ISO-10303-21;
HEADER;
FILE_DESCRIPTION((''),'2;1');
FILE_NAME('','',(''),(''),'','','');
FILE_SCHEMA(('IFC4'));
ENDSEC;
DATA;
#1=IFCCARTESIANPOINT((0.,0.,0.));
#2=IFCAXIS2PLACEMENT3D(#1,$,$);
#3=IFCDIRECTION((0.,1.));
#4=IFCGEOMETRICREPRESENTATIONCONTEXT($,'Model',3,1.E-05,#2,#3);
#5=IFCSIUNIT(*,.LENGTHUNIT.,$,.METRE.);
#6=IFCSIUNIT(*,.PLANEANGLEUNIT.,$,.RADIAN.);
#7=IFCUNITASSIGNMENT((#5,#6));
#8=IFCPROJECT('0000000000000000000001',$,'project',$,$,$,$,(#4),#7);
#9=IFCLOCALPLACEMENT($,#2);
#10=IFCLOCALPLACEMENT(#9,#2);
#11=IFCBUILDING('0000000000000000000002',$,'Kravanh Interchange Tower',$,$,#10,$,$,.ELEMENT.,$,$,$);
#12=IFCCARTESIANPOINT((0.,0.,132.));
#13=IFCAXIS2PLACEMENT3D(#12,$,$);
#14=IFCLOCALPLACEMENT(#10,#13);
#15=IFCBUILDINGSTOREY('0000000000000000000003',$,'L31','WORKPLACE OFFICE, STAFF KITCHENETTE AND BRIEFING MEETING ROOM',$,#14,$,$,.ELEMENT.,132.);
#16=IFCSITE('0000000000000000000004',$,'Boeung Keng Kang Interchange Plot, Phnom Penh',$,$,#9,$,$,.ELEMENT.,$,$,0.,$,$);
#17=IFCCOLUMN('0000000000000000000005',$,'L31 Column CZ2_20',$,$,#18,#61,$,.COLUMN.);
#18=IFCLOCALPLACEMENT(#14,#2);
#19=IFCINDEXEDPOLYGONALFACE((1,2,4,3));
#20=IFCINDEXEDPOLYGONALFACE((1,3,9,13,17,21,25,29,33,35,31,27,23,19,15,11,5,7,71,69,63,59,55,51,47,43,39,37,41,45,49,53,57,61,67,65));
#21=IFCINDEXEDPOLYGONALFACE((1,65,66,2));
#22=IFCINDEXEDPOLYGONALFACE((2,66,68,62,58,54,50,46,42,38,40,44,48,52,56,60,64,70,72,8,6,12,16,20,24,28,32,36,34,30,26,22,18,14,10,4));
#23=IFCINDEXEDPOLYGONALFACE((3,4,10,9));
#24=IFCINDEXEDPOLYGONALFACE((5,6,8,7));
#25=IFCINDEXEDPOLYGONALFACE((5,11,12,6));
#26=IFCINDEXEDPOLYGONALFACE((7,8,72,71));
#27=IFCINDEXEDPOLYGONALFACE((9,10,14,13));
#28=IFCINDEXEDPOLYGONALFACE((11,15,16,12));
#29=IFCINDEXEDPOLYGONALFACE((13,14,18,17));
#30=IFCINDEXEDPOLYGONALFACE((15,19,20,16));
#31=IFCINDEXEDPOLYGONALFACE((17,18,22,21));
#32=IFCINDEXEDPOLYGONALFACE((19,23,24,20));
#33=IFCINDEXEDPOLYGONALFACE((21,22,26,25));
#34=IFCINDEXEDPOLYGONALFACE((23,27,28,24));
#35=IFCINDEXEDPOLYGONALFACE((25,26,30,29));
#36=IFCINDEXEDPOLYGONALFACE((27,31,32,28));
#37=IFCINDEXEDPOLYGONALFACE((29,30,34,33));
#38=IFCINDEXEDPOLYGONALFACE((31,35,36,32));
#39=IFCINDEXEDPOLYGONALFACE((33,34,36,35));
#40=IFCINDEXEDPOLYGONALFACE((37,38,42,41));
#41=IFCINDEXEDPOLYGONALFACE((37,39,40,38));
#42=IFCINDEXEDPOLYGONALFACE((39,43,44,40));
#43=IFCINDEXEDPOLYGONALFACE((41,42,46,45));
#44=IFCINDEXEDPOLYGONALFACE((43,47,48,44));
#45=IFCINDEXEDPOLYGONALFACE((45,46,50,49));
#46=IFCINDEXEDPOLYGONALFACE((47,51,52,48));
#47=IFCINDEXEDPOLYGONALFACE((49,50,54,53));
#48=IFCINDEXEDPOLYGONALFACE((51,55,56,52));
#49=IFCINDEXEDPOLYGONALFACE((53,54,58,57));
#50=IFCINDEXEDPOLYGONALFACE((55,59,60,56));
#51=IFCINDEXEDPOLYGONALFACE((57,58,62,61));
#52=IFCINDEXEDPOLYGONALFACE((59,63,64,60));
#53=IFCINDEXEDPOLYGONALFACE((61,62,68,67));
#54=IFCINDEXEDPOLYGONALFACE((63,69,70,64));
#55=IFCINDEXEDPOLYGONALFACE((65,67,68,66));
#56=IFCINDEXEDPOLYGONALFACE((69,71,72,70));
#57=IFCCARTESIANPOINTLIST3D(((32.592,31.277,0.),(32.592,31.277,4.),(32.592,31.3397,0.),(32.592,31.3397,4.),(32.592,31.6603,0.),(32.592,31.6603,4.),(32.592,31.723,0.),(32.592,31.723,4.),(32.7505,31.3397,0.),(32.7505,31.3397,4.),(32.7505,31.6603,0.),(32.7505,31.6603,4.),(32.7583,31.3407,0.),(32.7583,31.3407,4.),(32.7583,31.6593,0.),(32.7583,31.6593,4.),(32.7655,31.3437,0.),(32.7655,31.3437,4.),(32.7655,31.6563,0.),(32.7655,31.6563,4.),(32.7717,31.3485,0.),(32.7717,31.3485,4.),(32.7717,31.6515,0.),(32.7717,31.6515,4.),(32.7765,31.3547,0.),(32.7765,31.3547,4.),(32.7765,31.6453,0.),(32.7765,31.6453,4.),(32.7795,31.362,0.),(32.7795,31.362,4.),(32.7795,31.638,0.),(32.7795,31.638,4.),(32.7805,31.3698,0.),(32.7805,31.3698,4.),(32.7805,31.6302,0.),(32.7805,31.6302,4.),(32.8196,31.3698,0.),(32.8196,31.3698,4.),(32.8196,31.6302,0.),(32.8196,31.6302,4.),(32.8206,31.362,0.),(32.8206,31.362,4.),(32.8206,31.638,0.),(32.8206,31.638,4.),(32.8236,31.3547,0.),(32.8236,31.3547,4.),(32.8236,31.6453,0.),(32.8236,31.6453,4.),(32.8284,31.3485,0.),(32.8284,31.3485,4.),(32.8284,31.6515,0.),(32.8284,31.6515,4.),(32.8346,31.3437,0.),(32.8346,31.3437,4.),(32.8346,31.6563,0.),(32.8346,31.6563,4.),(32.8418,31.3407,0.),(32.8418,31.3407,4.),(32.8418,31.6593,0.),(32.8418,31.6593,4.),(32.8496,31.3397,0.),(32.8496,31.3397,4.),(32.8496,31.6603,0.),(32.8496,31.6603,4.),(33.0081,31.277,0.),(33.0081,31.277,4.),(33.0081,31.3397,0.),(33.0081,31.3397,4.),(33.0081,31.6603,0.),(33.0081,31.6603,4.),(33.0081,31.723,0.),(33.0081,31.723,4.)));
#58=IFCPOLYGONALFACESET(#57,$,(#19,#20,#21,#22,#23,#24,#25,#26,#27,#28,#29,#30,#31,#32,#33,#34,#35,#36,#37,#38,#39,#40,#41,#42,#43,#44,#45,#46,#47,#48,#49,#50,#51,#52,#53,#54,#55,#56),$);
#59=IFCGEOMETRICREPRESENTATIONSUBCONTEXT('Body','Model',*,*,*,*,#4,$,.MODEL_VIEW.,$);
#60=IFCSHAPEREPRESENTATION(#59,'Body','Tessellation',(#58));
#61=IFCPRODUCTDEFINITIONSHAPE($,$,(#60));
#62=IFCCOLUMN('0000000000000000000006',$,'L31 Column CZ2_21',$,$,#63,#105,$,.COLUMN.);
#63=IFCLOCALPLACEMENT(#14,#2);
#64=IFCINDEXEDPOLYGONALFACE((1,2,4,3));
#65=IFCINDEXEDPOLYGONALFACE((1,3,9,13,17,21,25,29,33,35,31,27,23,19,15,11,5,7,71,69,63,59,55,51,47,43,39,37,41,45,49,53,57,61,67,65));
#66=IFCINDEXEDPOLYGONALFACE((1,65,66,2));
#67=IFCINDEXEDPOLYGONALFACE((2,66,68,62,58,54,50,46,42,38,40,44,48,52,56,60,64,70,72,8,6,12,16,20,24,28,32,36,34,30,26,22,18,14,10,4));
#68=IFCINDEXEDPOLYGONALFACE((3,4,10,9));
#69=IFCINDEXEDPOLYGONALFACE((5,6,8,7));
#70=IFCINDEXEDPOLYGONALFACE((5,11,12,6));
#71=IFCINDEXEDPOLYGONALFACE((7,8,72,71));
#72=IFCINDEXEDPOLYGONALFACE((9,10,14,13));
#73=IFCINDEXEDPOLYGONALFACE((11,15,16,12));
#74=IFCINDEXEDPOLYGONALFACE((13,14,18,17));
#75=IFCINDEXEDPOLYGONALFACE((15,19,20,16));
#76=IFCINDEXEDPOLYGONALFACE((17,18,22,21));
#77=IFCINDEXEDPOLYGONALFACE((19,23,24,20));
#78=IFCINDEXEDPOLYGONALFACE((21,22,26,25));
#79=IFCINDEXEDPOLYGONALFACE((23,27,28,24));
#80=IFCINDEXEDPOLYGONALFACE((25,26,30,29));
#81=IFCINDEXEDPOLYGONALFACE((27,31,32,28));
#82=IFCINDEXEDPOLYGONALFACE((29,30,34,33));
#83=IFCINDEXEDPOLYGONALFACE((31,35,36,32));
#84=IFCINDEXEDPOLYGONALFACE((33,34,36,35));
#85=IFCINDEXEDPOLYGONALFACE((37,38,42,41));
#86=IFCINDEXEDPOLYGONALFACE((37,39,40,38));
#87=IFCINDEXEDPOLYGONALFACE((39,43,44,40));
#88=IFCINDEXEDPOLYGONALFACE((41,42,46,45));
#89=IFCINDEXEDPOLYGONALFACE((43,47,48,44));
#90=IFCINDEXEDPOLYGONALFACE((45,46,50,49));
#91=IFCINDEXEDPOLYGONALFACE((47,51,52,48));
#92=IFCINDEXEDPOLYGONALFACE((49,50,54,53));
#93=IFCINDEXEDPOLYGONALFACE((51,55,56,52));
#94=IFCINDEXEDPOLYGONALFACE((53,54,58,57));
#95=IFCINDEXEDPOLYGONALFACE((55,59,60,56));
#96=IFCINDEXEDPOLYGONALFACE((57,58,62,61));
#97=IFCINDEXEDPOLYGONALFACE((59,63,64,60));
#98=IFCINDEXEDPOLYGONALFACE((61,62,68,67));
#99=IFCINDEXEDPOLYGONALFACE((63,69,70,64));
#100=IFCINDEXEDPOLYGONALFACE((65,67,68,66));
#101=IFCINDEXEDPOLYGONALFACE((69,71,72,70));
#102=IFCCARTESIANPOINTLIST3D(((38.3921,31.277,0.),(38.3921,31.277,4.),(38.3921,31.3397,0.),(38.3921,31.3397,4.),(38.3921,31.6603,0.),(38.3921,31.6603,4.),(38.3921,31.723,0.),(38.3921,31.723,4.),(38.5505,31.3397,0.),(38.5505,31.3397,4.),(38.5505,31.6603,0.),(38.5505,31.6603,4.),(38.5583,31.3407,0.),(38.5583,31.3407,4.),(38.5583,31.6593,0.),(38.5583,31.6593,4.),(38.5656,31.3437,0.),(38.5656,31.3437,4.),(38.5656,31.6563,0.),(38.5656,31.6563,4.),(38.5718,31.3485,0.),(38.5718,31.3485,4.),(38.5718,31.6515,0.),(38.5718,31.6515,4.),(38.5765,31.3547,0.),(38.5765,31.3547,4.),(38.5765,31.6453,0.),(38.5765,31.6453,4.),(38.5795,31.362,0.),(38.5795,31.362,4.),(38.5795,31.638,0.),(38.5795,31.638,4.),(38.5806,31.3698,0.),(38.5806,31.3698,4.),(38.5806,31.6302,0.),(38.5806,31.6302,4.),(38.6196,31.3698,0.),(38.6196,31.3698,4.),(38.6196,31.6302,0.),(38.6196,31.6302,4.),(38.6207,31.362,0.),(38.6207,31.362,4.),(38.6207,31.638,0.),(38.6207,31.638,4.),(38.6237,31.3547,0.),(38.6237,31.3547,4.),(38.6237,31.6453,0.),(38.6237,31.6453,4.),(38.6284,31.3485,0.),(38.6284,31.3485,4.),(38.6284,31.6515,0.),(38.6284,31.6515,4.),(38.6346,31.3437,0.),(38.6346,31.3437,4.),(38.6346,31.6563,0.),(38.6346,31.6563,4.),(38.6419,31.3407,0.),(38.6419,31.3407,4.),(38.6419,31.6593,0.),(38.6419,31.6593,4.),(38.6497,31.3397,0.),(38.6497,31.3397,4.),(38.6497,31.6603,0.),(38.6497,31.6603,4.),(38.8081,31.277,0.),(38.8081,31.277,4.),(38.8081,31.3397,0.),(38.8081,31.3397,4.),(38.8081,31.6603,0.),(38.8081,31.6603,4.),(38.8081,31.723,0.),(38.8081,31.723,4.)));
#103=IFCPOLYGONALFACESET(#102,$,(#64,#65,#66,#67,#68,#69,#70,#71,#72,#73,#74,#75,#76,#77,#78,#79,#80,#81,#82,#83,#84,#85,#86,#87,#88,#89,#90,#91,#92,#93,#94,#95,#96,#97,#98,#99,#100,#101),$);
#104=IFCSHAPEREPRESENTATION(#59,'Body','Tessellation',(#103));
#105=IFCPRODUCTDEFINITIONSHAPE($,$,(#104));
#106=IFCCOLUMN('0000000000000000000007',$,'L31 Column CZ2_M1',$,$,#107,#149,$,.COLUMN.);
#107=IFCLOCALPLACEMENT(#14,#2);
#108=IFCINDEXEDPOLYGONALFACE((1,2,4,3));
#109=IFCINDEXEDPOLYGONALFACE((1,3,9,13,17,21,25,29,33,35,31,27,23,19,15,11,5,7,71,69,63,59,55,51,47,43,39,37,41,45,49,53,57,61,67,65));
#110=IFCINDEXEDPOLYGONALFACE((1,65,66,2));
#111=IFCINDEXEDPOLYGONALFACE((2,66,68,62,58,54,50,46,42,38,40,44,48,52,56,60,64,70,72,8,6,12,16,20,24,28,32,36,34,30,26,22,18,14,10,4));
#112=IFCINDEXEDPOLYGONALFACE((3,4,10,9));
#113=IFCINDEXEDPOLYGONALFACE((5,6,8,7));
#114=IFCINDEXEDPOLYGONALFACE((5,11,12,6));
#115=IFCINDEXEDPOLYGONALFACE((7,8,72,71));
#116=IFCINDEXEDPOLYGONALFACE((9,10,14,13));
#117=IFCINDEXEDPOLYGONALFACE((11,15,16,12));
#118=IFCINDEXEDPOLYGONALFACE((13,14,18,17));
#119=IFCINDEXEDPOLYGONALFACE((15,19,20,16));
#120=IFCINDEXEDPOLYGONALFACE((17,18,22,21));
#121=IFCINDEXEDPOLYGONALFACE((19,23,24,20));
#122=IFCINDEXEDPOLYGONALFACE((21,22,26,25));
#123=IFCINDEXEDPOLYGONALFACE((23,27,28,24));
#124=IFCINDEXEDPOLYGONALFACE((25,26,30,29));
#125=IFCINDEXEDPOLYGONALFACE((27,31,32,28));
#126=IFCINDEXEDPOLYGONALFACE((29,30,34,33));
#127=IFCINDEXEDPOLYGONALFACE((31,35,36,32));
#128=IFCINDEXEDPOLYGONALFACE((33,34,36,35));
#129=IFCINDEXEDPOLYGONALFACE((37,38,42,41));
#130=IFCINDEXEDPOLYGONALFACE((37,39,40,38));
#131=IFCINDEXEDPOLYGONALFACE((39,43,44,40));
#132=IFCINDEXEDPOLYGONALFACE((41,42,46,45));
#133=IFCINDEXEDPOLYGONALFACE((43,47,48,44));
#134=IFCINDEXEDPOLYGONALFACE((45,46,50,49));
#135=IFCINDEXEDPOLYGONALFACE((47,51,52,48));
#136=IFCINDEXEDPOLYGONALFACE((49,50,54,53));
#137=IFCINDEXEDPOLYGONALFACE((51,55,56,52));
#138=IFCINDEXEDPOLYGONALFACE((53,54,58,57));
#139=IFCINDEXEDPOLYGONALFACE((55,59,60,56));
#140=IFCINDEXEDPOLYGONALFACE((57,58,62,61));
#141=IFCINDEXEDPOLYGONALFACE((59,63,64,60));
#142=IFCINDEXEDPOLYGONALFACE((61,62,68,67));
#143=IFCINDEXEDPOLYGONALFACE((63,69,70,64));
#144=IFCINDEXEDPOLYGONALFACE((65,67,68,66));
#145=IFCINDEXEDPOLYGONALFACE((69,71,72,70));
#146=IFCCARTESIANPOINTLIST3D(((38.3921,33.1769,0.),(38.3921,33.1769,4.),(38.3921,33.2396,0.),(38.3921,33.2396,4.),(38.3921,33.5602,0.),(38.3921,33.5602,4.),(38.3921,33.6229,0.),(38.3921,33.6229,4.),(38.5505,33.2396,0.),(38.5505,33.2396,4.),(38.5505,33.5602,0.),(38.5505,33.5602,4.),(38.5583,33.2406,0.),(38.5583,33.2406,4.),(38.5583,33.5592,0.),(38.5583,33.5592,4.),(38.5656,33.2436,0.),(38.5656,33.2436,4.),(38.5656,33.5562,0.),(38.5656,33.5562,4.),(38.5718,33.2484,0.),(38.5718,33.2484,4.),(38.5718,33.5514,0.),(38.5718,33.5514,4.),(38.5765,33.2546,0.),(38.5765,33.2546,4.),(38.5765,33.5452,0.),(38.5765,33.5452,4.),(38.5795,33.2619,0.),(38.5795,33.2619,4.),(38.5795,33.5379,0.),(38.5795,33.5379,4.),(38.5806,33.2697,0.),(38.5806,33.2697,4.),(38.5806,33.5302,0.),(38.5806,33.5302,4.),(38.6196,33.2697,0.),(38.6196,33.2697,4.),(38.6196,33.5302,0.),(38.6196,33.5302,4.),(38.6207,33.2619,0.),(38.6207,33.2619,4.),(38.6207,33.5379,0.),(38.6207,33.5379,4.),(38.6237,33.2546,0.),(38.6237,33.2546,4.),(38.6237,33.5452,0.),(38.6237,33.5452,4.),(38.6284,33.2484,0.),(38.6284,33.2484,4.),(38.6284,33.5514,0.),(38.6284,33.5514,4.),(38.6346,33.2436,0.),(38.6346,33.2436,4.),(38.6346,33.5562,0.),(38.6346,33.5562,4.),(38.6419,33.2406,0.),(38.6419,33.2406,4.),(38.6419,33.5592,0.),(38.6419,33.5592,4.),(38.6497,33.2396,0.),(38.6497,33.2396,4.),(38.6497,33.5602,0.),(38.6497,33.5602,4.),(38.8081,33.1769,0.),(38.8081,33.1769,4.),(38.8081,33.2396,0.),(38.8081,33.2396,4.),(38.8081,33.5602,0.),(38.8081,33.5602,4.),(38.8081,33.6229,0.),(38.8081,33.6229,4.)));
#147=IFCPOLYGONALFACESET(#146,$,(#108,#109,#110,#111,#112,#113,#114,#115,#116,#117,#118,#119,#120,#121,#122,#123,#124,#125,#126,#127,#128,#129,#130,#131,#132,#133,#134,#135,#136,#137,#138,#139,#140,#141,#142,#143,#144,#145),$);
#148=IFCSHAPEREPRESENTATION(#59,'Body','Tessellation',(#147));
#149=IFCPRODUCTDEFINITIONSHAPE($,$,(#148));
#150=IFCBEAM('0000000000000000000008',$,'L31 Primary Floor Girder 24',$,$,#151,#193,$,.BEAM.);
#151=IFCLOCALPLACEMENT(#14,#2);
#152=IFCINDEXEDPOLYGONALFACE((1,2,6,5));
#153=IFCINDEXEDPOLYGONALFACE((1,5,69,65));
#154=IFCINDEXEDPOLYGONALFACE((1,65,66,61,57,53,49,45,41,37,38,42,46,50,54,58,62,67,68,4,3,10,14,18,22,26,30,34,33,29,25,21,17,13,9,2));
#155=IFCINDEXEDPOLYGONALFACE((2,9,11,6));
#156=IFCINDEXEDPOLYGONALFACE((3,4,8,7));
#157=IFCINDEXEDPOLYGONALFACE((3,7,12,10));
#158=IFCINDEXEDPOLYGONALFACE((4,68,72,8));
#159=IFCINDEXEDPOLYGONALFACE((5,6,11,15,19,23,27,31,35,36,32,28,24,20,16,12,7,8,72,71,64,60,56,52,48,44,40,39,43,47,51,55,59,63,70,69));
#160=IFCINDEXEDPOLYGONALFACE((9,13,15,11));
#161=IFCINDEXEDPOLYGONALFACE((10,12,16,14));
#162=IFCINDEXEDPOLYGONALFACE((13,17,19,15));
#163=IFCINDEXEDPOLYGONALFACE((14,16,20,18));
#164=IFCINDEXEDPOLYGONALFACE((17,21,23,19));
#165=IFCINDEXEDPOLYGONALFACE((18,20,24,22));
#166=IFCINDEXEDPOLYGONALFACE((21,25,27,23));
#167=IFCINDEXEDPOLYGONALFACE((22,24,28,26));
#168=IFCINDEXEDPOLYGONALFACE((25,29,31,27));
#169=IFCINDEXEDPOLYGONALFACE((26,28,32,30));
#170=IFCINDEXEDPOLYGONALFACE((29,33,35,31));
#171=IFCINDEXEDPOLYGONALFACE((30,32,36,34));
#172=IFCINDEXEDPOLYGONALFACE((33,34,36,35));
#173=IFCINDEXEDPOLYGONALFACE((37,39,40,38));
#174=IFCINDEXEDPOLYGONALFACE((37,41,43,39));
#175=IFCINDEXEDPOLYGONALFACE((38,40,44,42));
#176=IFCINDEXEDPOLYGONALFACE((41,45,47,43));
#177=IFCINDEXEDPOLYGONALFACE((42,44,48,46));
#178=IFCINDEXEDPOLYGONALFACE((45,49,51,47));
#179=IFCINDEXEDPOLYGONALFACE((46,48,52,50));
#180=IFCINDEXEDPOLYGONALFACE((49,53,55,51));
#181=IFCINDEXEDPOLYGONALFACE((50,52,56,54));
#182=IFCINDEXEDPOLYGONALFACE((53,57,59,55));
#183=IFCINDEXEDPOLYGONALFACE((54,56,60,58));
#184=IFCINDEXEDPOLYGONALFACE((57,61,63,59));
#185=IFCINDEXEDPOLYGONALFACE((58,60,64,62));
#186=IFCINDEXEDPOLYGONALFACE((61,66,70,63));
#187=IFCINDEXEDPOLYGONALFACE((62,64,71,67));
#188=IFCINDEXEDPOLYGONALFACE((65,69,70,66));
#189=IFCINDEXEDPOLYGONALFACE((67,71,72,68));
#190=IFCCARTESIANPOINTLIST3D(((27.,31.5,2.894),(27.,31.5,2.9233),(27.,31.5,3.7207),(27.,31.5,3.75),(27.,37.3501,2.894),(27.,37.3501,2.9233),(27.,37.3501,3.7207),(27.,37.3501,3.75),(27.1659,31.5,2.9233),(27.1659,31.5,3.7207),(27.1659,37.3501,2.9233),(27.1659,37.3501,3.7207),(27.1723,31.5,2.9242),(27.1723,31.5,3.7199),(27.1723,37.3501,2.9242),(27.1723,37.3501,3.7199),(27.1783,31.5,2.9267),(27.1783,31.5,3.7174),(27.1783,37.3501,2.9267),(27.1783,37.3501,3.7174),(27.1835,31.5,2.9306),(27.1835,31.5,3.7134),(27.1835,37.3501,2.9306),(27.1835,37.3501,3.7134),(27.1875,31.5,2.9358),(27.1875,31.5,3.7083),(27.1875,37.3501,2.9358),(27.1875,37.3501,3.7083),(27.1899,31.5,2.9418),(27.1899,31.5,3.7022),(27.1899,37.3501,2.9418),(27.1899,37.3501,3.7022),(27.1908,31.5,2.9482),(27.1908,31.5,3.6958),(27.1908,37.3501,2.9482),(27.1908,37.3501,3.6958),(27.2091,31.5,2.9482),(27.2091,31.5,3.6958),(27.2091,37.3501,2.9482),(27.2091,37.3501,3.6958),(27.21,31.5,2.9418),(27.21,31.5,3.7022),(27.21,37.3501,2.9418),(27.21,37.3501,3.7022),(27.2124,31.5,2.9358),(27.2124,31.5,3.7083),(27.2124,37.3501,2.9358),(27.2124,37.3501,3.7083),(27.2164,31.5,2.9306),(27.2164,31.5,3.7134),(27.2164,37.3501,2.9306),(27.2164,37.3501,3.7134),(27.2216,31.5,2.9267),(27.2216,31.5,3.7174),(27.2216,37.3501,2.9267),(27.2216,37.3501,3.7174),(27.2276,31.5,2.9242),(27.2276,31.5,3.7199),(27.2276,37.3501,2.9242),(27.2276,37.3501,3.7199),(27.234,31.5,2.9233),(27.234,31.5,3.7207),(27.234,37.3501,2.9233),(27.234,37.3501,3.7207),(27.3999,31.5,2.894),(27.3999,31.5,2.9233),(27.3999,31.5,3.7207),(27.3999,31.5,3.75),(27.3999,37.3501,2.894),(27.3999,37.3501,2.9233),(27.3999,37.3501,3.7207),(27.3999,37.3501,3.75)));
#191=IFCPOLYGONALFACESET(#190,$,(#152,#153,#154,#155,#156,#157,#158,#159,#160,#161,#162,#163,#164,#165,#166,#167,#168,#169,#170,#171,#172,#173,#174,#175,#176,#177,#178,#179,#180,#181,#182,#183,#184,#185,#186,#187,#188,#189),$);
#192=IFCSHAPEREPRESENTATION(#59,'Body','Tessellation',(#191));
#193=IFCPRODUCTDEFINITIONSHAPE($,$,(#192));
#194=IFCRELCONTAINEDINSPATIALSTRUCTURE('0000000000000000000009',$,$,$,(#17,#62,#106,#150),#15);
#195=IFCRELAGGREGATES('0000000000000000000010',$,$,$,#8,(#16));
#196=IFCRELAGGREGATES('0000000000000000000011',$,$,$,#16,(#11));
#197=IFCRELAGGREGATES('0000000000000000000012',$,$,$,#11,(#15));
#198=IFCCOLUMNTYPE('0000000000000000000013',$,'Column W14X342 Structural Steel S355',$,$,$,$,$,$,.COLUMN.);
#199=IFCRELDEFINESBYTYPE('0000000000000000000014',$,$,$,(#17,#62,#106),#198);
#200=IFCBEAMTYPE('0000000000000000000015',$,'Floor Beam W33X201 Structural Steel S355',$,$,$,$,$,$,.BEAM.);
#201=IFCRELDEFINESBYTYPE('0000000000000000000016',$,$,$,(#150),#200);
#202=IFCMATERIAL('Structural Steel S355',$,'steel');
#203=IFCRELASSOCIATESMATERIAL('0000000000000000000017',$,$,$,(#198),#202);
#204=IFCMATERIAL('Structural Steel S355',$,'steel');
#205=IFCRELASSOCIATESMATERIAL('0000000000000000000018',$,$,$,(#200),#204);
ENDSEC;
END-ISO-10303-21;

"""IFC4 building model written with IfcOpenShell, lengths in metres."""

from ifc_helpers import new_model, si_unit, direction, frame, origin, origin_2d, place, context, subcontext, project, spatial, i_section, extrude, material, material_profile, profile_set, type_object, element, save


model = new_model("IFC4")

# Units and contexts
model_context = context("Model", 3, precision=1e-05, world=origin(), true_north=direction((0.0, 1.0)))
body_context = subcontext(model_context, "Body", "Model", "MODEL_VIEW")
ifc_project = project(units=[si_unit("LENGTHUNIT", "METRE"), si_unit("PLANEANGLEUNIT", "RADIAN")], contexts=[model_context])

# Site, building, storey
site_placement = place(None, origin())
site = spatial("IfcSite", under=ifc_project, at=site_placement, Name="Boeung Keng Kang Interchange Plot, Phnom Penh", CompositionType="ELEMENT", RefElevation=0.0)
building_placement = place(site_placement, origin())
building = spatial("IfcBuilding", under=site, at=building_placement, Name="Kravanh Interchange Tower", CompositionType="ELEMENT")
storey_placement = place(building_placement, frame((0.0, 0.0, 132.0)))
storey = spatial("IfcBuildingStorey", under=building, at=storey_placement, Name="L31", Description="WORKPLACE OFFICE, STAFF KITCHENETTE AND BRIEFING MEETING ROOM", CompositionType="ELEMENT", Elevation=132.0)

# Columns
ifc_material_1 = material(Name="Structural Steel S355", Category="steel")
ifc_material_profile_1 = material_profile(ifc_material_1, i_section(OverallWidth=0.416, OverallDepth=0.446, WebThickness=0.0391, FlangeThickness=0.0627, FilletRadius=0.03, at=origin_2d()), Name="W14X342")
ifc_profile_set_1 = profile_set([ifc_material_profile_1], Name="Structural Steel S355")
column_type_1 = type_object("IfcColumnType", Name="Column W14X342 Structural Steel S355", PredefinedType="COLUMN", material=ifc_profile_set_1)
for number, where, z_axis, x_axis, name in (
    (1, (32.8, 31.5, 0.0), (0.0, 0.0, 1.0), (1.0, 0.0, 0.0), "L31 Column CZ2_20"),
    (2, (38.6001, 31.5, 0.0), (0.0, 0.0, 1.0), (1.0, 0.0, 0.0), "L31 Column CZ2_21"),
    (3, (38.6001, 33.3999, 0.0), (0.0, 0.0, 1.0), (1.0, 0.0, 0.0), "L31 Column CZ2_M1"),
):
    element("IfcColumn", number, at=place(storey_placement, frame(where, z_axis=z_axis, x_axis=x_axis)), inside=storey, type_object=column_type_1, Name=name, PredefinedType="COLUMN", context=body_context, shape_type="SweptSolid", body=[
        extrude(i_section(OverallWidth=0.416, OverallDepth=0.446, WebThickness=0.0391, FlangeThickness=0.0627, FilletRadius=0.03, at=origin_2d()), origin(), (0.0, 0.0, 1.0), 4.0),
    ])

# Beam
ifc_material_2 = material(Name="Structural Steel S355", Category="steel")
ifc_material_profile_2 = material_profile(ifc_material_2, i_section(OverallWidth=0.3999, OverallDepth=0.856, WebThickness=0.0183, FlangeThickness=0.0293, FilletRadius=0.0249, at=origin_2d()), Name="W33X201")
ifc_profile_set_2 = profile_set([ifc_material_profile_2], Name="Structural Steel S355")
beam_type_1 = type_object("IfcBeamType", Name="Floor Beam W33X201 Structural Steel S355", PredefinedType="BEAM", material=ifc_profile_set_2)
beam_1_placement = place(storey_placement, frame((27.2, 37.3501, 3.322), z_axis=(0.0, -1.0, 0.0), x_axis=(1.0, 0.0, 0.0)))
element("IfcBeam", 4, at=beam_1_placement, inside=storey, type_object=beam_type_1, Name="L31 Primary Floor Girder 24", PredefinedType="BEAM", context=body_context, shape_type="SweptSolid", body=[
    extrude(i_section(OverallWidth=0.3999, OverallDepth=0.856, WebThickness=0.0183, FlangeThickness=0.0293, FilletRadius=0.0249, at=origin_2d()), origin(), (0.0, 0.0, 1.0), 5.8501),
])

save(model, "model.ifc")
